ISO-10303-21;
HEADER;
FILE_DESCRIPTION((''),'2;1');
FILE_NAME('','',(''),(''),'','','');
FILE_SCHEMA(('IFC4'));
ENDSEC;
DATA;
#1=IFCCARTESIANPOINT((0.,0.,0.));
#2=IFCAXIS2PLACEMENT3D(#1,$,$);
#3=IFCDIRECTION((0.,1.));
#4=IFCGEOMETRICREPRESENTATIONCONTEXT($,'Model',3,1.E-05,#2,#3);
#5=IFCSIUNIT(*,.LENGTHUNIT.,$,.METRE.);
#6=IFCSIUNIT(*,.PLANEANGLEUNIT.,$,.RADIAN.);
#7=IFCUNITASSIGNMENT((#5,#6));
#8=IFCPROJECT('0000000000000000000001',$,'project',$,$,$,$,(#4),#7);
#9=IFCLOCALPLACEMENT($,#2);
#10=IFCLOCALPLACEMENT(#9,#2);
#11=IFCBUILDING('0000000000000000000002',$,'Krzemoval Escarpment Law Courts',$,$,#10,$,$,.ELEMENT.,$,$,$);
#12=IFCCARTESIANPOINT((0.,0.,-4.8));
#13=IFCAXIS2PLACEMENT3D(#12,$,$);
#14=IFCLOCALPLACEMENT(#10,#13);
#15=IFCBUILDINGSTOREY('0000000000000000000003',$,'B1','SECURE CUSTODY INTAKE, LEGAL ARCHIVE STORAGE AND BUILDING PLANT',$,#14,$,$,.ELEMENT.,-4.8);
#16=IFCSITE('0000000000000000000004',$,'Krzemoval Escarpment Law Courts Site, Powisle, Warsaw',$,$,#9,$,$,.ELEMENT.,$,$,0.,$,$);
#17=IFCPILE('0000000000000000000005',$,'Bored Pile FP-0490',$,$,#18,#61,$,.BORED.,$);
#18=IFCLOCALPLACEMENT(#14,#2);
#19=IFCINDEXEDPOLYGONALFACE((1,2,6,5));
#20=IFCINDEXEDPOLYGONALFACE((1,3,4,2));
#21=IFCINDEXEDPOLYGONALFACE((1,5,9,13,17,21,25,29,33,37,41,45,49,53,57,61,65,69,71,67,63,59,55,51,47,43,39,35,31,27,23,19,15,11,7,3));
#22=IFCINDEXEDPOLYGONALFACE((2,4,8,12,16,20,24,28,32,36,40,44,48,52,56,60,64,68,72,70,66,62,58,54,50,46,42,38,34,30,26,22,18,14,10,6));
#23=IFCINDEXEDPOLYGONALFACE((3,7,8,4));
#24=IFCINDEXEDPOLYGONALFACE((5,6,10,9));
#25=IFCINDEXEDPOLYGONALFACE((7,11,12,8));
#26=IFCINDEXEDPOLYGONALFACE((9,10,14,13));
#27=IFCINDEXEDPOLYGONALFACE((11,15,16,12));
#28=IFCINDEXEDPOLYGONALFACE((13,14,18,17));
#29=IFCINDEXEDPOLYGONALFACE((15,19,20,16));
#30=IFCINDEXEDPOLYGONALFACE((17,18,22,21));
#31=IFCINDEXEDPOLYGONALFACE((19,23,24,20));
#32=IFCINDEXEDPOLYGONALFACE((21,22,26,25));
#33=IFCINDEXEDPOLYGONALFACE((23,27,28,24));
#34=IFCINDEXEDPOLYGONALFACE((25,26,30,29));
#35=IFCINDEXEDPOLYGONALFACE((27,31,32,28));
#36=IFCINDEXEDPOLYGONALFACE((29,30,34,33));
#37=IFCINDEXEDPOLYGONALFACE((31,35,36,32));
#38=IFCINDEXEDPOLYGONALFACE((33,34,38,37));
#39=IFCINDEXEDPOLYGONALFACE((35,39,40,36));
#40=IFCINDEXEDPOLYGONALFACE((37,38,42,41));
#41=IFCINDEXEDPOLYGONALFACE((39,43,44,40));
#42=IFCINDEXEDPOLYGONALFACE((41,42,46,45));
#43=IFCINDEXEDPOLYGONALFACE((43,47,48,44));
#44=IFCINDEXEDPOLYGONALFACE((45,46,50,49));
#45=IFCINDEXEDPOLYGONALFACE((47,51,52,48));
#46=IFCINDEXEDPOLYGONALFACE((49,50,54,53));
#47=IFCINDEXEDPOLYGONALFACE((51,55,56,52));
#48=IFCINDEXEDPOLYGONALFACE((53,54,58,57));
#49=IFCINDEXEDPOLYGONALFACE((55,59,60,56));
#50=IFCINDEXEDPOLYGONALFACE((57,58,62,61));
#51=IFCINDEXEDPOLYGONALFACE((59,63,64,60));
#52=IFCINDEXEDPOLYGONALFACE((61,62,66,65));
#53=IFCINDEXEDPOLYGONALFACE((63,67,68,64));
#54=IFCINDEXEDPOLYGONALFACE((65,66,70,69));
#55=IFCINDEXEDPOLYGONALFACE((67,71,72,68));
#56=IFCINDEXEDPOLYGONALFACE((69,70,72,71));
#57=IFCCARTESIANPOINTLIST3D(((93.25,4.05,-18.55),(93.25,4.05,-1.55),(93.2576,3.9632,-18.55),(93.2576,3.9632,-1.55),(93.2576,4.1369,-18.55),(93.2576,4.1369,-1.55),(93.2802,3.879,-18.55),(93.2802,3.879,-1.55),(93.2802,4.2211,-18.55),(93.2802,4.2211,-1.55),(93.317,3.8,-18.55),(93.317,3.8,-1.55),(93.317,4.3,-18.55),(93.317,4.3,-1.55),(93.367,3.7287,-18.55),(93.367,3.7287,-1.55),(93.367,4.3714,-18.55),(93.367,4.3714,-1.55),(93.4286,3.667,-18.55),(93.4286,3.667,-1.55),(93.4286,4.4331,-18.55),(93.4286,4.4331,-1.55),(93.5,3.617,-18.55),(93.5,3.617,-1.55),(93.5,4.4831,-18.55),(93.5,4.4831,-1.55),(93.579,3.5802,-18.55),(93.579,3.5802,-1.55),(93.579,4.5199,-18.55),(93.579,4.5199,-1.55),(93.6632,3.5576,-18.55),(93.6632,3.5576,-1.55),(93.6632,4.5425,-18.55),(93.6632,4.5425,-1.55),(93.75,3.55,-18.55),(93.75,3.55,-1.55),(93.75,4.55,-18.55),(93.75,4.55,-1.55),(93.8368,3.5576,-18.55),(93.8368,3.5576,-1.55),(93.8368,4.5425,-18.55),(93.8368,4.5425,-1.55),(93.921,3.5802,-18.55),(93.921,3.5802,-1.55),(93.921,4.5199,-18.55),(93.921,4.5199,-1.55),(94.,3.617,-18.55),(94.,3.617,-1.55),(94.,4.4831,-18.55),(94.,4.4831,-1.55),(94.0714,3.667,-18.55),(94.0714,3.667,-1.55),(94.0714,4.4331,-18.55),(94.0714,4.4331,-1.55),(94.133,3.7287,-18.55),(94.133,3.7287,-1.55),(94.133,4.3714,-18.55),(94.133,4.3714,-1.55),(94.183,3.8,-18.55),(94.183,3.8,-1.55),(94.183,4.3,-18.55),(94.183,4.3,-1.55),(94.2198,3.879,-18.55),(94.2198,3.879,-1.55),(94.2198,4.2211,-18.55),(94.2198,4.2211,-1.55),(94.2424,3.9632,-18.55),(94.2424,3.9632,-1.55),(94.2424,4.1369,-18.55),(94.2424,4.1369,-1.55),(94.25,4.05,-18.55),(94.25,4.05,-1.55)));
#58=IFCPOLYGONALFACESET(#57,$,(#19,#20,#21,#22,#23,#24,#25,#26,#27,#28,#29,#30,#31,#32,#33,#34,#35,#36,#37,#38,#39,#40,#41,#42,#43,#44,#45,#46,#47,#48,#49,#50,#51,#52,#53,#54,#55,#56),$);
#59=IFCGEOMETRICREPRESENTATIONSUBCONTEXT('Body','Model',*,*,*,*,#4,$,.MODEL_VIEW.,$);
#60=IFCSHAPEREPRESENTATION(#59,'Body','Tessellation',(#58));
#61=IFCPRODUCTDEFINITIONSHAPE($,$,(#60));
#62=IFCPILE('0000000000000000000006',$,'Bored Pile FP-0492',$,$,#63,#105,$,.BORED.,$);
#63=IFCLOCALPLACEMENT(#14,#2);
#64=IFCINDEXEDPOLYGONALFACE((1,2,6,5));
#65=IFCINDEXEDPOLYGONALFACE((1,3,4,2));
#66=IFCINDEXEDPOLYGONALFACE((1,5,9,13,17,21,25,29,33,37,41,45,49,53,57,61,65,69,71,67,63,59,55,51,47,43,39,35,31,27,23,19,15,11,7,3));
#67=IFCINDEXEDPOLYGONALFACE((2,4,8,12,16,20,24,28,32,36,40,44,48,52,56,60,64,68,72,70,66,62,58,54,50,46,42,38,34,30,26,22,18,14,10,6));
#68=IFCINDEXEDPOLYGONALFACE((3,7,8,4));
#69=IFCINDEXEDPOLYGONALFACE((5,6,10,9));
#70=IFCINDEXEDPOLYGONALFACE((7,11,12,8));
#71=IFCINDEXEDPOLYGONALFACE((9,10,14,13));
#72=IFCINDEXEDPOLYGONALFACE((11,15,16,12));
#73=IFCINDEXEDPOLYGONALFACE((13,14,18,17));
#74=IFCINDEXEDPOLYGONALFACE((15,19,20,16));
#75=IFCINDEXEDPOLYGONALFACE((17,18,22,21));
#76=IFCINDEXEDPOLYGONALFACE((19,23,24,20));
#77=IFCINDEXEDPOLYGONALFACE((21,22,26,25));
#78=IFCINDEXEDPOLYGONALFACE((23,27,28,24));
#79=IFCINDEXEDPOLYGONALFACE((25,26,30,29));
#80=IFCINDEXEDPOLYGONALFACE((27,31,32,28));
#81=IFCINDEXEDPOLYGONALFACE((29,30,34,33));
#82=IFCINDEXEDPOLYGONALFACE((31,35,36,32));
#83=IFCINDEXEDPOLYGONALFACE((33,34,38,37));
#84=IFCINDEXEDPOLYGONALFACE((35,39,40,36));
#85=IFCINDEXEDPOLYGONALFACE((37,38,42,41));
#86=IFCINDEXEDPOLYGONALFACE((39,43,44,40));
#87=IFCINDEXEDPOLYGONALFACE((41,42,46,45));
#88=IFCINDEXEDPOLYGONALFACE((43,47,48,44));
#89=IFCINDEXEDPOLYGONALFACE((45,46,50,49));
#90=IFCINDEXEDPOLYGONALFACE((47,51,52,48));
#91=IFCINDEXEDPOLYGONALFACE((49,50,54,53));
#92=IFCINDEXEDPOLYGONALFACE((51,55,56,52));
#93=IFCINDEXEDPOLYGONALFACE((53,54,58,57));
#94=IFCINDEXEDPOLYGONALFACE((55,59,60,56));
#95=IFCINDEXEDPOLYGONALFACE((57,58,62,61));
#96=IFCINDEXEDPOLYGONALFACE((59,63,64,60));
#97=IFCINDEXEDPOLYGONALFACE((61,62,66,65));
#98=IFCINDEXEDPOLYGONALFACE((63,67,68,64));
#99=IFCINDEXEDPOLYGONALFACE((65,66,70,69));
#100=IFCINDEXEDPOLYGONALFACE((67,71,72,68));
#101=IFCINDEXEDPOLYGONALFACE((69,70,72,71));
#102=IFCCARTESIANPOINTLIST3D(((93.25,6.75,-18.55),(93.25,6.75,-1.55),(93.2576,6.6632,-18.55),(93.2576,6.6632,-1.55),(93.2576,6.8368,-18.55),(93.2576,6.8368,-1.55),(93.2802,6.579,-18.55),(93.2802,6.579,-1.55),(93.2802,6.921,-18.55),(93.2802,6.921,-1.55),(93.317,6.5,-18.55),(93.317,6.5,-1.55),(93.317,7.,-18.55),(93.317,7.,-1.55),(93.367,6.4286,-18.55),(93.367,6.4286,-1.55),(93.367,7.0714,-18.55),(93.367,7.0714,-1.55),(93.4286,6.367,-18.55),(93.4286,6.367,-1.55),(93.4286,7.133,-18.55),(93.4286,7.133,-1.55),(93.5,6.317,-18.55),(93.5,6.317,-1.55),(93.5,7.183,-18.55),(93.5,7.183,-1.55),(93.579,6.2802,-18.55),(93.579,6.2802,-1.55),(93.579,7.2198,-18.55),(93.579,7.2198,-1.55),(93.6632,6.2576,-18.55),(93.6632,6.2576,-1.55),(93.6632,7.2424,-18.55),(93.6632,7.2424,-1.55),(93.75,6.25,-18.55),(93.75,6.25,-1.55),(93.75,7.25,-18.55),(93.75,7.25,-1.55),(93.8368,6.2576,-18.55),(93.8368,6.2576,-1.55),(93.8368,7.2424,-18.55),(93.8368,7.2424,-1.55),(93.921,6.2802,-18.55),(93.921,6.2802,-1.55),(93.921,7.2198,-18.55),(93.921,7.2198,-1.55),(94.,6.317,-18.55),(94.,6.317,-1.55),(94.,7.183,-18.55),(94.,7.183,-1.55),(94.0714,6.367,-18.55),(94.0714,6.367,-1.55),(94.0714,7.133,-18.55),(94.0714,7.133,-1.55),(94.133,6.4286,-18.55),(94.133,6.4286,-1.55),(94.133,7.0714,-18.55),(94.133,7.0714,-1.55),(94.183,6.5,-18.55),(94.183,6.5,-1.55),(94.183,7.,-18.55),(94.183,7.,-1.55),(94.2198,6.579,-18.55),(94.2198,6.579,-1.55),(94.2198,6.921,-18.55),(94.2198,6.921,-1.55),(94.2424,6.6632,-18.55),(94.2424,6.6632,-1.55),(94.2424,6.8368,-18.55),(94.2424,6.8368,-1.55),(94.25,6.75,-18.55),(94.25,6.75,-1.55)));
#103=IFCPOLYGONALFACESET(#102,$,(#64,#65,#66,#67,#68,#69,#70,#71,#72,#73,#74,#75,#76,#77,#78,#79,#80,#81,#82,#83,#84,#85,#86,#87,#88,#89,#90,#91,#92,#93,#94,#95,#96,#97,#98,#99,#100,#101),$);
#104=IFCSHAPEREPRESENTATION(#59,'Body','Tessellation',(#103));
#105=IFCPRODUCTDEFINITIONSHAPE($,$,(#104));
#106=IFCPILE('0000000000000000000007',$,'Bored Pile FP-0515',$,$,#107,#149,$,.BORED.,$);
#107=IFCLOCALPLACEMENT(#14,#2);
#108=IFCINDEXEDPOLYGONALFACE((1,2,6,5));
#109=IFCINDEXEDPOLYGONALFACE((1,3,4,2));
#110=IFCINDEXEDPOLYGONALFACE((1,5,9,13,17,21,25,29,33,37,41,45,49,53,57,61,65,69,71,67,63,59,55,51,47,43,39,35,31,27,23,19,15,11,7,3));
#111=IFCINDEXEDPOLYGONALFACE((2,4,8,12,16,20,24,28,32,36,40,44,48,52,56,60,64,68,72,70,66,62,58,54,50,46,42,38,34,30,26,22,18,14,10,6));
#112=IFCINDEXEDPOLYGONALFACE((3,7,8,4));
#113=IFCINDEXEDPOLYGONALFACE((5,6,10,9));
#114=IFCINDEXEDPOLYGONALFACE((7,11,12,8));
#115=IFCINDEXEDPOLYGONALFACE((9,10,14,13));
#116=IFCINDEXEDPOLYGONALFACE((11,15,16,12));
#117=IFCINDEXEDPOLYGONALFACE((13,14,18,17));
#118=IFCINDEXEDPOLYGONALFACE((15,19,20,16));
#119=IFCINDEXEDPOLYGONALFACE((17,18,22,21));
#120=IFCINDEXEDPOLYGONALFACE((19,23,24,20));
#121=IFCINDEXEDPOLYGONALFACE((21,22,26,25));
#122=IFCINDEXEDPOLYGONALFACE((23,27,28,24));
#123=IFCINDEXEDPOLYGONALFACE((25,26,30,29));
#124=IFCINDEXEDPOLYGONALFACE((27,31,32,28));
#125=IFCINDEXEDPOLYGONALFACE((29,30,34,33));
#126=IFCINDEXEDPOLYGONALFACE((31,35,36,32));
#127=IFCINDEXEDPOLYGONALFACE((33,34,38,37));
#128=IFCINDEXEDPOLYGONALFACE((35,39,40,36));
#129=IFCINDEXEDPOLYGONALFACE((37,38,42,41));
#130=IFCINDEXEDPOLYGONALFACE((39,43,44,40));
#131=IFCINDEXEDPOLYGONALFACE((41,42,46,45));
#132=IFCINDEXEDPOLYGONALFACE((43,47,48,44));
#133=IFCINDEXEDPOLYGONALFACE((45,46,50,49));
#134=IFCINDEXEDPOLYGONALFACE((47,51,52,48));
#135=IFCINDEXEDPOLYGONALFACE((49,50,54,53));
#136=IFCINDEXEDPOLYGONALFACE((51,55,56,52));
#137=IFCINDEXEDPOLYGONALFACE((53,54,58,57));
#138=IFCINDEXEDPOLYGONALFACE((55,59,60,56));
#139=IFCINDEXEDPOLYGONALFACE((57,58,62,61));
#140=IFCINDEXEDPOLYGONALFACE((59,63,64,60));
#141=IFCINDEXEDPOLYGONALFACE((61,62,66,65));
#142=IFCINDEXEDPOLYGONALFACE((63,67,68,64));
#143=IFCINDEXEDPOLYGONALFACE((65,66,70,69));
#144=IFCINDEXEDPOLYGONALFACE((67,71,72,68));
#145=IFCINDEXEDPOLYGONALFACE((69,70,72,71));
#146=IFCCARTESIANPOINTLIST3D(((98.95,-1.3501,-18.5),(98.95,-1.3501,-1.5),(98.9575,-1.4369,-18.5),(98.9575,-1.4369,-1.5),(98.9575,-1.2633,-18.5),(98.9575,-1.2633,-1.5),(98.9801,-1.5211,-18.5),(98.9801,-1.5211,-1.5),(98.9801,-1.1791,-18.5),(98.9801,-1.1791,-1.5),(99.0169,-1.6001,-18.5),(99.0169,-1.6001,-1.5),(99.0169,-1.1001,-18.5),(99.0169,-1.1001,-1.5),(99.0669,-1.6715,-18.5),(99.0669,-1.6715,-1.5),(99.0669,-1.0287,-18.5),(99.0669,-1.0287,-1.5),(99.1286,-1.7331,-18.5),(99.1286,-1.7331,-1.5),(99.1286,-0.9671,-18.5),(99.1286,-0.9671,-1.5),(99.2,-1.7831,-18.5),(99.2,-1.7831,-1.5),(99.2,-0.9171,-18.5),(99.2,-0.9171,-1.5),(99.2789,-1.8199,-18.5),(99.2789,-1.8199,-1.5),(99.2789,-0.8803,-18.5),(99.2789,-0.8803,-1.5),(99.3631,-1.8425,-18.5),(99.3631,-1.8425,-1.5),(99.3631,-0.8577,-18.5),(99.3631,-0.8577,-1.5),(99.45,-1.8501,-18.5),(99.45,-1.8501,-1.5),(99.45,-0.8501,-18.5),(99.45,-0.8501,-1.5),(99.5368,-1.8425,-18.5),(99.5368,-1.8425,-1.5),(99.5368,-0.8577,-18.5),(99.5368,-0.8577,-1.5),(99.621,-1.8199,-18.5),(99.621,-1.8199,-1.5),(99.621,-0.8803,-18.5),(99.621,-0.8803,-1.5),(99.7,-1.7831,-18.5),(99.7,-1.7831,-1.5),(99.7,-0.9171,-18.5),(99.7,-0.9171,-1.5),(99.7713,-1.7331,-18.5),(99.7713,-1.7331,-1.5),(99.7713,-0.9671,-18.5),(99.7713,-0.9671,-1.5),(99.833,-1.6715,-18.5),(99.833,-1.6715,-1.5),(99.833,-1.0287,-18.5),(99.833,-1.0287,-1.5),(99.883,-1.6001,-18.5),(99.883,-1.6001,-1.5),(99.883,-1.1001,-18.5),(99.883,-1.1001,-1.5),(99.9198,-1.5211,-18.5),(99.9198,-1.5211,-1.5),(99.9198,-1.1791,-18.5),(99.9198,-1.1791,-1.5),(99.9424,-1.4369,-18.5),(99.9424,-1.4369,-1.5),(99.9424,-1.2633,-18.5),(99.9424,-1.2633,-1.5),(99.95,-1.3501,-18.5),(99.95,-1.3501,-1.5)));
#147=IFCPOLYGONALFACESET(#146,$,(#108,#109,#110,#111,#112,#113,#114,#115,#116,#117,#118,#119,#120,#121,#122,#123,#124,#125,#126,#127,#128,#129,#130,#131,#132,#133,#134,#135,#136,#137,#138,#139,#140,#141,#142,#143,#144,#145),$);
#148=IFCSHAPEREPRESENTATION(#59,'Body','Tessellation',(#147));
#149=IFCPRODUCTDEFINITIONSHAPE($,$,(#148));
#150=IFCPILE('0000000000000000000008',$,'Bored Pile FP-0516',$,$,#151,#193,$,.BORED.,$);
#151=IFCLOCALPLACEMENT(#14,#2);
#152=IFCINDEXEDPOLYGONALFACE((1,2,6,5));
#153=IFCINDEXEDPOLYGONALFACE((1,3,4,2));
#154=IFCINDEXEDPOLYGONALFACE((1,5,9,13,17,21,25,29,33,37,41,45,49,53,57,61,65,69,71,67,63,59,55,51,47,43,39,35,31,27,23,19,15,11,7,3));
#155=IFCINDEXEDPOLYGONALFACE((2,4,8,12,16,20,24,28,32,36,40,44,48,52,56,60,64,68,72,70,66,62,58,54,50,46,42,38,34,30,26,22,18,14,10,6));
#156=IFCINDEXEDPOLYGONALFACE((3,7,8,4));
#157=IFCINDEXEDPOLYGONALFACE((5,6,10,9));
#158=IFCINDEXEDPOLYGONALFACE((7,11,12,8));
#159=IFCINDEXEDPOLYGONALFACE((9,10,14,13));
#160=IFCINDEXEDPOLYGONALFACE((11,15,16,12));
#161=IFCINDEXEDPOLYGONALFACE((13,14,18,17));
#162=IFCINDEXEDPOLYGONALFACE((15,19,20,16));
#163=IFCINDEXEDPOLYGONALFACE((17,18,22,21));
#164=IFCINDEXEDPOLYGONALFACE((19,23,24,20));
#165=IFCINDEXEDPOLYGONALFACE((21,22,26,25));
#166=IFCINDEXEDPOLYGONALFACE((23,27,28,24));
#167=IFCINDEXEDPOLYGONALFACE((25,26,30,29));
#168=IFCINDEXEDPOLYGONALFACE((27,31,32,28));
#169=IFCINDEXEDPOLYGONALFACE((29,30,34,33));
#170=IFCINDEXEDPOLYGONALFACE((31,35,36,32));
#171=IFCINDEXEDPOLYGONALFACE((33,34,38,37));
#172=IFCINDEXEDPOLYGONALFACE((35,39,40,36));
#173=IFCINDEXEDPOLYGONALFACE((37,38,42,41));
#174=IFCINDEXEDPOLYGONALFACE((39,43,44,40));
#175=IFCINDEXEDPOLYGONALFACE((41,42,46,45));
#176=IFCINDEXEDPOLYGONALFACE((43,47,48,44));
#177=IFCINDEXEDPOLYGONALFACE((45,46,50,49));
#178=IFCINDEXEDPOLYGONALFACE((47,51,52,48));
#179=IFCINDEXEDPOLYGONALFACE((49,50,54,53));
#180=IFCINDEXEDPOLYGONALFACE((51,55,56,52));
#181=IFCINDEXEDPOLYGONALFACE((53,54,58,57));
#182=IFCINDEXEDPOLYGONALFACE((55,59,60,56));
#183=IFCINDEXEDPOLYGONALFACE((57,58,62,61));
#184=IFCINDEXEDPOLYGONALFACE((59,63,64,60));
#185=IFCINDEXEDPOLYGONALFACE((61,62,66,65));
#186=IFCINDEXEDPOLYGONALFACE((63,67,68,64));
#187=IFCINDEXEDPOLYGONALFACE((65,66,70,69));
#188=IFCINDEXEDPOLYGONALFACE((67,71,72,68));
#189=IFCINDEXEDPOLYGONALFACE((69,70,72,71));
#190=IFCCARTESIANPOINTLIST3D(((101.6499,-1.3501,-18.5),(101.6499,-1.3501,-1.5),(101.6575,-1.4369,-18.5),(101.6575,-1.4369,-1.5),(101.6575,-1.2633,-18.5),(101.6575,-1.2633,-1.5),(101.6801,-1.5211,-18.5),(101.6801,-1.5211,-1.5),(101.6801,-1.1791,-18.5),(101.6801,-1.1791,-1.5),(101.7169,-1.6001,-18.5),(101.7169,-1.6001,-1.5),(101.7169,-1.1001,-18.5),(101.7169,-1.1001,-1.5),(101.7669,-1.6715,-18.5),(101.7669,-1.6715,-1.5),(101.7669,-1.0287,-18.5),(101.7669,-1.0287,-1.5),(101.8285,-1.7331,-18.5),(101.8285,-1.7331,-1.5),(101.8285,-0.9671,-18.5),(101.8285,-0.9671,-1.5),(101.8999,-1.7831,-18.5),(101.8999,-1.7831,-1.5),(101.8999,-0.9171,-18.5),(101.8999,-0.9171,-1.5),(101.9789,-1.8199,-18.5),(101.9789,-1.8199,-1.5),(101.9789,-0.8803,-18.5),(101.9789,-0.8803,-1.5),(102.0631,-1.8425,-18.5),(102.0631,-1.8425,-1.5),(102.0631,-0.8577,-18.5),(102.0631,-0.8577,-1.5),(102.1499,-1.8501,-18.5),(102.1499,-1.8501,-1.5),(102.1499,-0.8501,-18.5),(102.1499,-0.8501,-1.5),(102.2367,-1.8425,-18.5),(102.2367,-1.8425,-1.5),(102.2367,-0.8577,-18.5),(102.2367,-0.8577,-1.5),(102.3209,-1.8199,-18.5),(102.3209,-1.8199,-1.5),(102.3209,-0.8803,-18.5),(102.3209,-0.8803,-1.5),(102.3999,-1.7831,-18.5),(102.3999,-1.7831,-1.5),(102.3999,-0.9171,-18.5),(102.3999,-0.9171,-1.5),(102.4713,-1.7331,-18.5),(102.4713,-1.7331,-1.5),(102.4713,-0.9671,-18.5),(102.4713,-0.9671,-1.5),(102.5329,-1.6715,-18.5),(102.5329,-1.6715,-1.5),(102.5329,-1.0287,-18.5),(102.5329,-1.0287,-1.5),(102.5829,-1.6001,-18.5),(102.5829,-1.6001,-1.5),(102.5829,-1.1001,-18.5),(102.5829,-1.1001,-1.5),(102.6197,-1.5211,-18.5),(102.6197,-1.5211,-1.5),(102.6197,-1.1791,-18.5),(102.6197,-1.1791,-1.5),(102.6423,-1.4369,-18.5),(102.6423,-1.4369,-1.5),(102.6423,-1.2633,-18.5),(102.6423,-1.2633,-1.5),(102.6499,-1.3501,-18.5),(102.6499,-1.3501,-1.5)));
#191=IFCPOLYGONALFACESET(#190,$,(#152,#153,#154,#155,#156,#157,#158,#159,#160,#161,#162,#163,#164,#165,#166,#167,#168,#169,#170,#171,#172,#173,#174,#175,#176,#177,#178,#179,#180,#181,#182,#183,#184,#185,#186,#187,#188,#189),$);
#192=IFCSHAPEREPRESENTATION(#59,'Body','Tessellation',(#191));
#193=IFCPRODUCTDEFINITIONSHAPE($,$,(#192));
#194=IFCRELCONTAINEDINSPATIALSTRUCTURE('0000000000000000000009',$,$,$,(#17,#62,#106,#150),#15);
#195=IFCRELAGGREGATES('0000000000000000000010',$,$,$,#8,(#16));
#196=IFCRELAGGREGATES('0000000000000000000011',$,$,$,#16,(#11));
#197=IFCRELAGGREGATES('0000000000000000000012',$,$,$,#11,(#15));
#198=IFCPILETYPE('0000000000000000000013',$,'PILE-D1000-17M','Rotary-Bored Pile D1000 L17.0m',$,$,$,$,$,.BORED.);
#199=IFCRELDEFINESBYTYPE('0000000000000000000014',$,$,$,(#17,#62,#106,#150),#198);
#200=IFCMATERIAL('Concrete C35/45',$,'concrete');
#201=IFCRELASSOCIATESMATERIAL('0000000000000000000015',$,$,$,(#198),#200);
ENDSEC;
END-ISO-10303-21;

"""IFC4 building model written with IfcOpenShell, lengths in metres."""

from ifc_helpers import new_model, si_unit, direction, frame, origin, origin_2d, place, context, subcontext, project, spatial, circle, extrude, material, material_profile, profile_set, type_object, element, save


model = new_model("IFC4")

# Units and contexts
model_context = context("Model", 3, precision=1e-05, world=origin(), true_north=direction((0.0, 1.0)))
body_context = subcontext(model_context, "Body", "Model", "MODEL_VIEW")
ifc_project = project(units=[si_unit("LENGTHUNIT", "METRE"), si_unit("PLANEANGLEUNIT", "RADIAN")], contexts=[model_context])

# Site, building, storey
site_placement = place(None, origin())
site = spatial("IfcSite", under=ifc_project, at=site_placement, Name="Krzemoval Escarpment Law Courts Site, Powisle, Warsaw", CompositionType="ELEMENT", RefElevation=0.0)
building_placement = place(site_placement, origin())
building = spatial("IfcBuilding", under=site, at=building_placement, Name="Krzemoval Escarpment Law Courts", CompositionType="ELEMENT")
storey_placement = place(building_placement, frame((0.0, 0.0, -4.8)))
storey = spatial("IfcBuildingStorey", under=building, at=storey_placement, Name="B1", Description="SECURE CUSTODY INTAKE, LEGAL ARCHIVE STORAGE AND BUILDING PLANT", CompositionType="ELEMENT", Elevation=-4.8)

# Piles
ifc_material_1 = material(Name="Concrete C35/45", Category="concrete")
ifc_material_profile_1 = material_profile(ifc_material_1, circle(Radius=0.5, at=origin_2d()), Name="PILE D1000")
ifc_profile_set_1 = profile_set([ifc_material_profile_1], Name="Concrete C35/45")
pile_type = type_object("IfcPileType", Name="PILE-D1000-17M", Description="Rotary-Bored Pile D1000 L17.0m", PredefinedType="BORED", material=ifc_profile_set_1)
for number, where, z_axis, x_axis, name in (
    (1, (93.75, 4.05, -1.55), (0.0, 0.0, -1.0), (1.0, 0.0, 0.0), "Bored Pile FP-0490"),
    (2, (93.75, 6.75, -1.55), (0.0, 0.0, -1.0), (1.0, 0.0, 0.0), "Bored Pile FP-0492"),
    (3, (99.45, -1.3501, -1.5), (0.0, 0.0, -1.0), (1.0, 0.0, 0.0), "Bored Pile FP-0515"),
    (4, (102.1499, -1.3501, -1.5), (0.0, 0.0, -1.0), (1.0, 0.0, 0.0), "Bored Pile FP-0516"),
):
    element("IfcPile", number, at=place(storey_placement, frame(where, z_axis=z_axis, x_axis=x_axis)), inside=storey, type_object=pile_type, Name=name, PredefinedType="BORED", context=body_context, shape_type="SweptSolid", body=[
        extrude(circle(Radius=0.5, at=origin_2d()), origin(), (0.0, 0.0, 1.0), 17.0),
    ])

save(model, "model.ifc")
